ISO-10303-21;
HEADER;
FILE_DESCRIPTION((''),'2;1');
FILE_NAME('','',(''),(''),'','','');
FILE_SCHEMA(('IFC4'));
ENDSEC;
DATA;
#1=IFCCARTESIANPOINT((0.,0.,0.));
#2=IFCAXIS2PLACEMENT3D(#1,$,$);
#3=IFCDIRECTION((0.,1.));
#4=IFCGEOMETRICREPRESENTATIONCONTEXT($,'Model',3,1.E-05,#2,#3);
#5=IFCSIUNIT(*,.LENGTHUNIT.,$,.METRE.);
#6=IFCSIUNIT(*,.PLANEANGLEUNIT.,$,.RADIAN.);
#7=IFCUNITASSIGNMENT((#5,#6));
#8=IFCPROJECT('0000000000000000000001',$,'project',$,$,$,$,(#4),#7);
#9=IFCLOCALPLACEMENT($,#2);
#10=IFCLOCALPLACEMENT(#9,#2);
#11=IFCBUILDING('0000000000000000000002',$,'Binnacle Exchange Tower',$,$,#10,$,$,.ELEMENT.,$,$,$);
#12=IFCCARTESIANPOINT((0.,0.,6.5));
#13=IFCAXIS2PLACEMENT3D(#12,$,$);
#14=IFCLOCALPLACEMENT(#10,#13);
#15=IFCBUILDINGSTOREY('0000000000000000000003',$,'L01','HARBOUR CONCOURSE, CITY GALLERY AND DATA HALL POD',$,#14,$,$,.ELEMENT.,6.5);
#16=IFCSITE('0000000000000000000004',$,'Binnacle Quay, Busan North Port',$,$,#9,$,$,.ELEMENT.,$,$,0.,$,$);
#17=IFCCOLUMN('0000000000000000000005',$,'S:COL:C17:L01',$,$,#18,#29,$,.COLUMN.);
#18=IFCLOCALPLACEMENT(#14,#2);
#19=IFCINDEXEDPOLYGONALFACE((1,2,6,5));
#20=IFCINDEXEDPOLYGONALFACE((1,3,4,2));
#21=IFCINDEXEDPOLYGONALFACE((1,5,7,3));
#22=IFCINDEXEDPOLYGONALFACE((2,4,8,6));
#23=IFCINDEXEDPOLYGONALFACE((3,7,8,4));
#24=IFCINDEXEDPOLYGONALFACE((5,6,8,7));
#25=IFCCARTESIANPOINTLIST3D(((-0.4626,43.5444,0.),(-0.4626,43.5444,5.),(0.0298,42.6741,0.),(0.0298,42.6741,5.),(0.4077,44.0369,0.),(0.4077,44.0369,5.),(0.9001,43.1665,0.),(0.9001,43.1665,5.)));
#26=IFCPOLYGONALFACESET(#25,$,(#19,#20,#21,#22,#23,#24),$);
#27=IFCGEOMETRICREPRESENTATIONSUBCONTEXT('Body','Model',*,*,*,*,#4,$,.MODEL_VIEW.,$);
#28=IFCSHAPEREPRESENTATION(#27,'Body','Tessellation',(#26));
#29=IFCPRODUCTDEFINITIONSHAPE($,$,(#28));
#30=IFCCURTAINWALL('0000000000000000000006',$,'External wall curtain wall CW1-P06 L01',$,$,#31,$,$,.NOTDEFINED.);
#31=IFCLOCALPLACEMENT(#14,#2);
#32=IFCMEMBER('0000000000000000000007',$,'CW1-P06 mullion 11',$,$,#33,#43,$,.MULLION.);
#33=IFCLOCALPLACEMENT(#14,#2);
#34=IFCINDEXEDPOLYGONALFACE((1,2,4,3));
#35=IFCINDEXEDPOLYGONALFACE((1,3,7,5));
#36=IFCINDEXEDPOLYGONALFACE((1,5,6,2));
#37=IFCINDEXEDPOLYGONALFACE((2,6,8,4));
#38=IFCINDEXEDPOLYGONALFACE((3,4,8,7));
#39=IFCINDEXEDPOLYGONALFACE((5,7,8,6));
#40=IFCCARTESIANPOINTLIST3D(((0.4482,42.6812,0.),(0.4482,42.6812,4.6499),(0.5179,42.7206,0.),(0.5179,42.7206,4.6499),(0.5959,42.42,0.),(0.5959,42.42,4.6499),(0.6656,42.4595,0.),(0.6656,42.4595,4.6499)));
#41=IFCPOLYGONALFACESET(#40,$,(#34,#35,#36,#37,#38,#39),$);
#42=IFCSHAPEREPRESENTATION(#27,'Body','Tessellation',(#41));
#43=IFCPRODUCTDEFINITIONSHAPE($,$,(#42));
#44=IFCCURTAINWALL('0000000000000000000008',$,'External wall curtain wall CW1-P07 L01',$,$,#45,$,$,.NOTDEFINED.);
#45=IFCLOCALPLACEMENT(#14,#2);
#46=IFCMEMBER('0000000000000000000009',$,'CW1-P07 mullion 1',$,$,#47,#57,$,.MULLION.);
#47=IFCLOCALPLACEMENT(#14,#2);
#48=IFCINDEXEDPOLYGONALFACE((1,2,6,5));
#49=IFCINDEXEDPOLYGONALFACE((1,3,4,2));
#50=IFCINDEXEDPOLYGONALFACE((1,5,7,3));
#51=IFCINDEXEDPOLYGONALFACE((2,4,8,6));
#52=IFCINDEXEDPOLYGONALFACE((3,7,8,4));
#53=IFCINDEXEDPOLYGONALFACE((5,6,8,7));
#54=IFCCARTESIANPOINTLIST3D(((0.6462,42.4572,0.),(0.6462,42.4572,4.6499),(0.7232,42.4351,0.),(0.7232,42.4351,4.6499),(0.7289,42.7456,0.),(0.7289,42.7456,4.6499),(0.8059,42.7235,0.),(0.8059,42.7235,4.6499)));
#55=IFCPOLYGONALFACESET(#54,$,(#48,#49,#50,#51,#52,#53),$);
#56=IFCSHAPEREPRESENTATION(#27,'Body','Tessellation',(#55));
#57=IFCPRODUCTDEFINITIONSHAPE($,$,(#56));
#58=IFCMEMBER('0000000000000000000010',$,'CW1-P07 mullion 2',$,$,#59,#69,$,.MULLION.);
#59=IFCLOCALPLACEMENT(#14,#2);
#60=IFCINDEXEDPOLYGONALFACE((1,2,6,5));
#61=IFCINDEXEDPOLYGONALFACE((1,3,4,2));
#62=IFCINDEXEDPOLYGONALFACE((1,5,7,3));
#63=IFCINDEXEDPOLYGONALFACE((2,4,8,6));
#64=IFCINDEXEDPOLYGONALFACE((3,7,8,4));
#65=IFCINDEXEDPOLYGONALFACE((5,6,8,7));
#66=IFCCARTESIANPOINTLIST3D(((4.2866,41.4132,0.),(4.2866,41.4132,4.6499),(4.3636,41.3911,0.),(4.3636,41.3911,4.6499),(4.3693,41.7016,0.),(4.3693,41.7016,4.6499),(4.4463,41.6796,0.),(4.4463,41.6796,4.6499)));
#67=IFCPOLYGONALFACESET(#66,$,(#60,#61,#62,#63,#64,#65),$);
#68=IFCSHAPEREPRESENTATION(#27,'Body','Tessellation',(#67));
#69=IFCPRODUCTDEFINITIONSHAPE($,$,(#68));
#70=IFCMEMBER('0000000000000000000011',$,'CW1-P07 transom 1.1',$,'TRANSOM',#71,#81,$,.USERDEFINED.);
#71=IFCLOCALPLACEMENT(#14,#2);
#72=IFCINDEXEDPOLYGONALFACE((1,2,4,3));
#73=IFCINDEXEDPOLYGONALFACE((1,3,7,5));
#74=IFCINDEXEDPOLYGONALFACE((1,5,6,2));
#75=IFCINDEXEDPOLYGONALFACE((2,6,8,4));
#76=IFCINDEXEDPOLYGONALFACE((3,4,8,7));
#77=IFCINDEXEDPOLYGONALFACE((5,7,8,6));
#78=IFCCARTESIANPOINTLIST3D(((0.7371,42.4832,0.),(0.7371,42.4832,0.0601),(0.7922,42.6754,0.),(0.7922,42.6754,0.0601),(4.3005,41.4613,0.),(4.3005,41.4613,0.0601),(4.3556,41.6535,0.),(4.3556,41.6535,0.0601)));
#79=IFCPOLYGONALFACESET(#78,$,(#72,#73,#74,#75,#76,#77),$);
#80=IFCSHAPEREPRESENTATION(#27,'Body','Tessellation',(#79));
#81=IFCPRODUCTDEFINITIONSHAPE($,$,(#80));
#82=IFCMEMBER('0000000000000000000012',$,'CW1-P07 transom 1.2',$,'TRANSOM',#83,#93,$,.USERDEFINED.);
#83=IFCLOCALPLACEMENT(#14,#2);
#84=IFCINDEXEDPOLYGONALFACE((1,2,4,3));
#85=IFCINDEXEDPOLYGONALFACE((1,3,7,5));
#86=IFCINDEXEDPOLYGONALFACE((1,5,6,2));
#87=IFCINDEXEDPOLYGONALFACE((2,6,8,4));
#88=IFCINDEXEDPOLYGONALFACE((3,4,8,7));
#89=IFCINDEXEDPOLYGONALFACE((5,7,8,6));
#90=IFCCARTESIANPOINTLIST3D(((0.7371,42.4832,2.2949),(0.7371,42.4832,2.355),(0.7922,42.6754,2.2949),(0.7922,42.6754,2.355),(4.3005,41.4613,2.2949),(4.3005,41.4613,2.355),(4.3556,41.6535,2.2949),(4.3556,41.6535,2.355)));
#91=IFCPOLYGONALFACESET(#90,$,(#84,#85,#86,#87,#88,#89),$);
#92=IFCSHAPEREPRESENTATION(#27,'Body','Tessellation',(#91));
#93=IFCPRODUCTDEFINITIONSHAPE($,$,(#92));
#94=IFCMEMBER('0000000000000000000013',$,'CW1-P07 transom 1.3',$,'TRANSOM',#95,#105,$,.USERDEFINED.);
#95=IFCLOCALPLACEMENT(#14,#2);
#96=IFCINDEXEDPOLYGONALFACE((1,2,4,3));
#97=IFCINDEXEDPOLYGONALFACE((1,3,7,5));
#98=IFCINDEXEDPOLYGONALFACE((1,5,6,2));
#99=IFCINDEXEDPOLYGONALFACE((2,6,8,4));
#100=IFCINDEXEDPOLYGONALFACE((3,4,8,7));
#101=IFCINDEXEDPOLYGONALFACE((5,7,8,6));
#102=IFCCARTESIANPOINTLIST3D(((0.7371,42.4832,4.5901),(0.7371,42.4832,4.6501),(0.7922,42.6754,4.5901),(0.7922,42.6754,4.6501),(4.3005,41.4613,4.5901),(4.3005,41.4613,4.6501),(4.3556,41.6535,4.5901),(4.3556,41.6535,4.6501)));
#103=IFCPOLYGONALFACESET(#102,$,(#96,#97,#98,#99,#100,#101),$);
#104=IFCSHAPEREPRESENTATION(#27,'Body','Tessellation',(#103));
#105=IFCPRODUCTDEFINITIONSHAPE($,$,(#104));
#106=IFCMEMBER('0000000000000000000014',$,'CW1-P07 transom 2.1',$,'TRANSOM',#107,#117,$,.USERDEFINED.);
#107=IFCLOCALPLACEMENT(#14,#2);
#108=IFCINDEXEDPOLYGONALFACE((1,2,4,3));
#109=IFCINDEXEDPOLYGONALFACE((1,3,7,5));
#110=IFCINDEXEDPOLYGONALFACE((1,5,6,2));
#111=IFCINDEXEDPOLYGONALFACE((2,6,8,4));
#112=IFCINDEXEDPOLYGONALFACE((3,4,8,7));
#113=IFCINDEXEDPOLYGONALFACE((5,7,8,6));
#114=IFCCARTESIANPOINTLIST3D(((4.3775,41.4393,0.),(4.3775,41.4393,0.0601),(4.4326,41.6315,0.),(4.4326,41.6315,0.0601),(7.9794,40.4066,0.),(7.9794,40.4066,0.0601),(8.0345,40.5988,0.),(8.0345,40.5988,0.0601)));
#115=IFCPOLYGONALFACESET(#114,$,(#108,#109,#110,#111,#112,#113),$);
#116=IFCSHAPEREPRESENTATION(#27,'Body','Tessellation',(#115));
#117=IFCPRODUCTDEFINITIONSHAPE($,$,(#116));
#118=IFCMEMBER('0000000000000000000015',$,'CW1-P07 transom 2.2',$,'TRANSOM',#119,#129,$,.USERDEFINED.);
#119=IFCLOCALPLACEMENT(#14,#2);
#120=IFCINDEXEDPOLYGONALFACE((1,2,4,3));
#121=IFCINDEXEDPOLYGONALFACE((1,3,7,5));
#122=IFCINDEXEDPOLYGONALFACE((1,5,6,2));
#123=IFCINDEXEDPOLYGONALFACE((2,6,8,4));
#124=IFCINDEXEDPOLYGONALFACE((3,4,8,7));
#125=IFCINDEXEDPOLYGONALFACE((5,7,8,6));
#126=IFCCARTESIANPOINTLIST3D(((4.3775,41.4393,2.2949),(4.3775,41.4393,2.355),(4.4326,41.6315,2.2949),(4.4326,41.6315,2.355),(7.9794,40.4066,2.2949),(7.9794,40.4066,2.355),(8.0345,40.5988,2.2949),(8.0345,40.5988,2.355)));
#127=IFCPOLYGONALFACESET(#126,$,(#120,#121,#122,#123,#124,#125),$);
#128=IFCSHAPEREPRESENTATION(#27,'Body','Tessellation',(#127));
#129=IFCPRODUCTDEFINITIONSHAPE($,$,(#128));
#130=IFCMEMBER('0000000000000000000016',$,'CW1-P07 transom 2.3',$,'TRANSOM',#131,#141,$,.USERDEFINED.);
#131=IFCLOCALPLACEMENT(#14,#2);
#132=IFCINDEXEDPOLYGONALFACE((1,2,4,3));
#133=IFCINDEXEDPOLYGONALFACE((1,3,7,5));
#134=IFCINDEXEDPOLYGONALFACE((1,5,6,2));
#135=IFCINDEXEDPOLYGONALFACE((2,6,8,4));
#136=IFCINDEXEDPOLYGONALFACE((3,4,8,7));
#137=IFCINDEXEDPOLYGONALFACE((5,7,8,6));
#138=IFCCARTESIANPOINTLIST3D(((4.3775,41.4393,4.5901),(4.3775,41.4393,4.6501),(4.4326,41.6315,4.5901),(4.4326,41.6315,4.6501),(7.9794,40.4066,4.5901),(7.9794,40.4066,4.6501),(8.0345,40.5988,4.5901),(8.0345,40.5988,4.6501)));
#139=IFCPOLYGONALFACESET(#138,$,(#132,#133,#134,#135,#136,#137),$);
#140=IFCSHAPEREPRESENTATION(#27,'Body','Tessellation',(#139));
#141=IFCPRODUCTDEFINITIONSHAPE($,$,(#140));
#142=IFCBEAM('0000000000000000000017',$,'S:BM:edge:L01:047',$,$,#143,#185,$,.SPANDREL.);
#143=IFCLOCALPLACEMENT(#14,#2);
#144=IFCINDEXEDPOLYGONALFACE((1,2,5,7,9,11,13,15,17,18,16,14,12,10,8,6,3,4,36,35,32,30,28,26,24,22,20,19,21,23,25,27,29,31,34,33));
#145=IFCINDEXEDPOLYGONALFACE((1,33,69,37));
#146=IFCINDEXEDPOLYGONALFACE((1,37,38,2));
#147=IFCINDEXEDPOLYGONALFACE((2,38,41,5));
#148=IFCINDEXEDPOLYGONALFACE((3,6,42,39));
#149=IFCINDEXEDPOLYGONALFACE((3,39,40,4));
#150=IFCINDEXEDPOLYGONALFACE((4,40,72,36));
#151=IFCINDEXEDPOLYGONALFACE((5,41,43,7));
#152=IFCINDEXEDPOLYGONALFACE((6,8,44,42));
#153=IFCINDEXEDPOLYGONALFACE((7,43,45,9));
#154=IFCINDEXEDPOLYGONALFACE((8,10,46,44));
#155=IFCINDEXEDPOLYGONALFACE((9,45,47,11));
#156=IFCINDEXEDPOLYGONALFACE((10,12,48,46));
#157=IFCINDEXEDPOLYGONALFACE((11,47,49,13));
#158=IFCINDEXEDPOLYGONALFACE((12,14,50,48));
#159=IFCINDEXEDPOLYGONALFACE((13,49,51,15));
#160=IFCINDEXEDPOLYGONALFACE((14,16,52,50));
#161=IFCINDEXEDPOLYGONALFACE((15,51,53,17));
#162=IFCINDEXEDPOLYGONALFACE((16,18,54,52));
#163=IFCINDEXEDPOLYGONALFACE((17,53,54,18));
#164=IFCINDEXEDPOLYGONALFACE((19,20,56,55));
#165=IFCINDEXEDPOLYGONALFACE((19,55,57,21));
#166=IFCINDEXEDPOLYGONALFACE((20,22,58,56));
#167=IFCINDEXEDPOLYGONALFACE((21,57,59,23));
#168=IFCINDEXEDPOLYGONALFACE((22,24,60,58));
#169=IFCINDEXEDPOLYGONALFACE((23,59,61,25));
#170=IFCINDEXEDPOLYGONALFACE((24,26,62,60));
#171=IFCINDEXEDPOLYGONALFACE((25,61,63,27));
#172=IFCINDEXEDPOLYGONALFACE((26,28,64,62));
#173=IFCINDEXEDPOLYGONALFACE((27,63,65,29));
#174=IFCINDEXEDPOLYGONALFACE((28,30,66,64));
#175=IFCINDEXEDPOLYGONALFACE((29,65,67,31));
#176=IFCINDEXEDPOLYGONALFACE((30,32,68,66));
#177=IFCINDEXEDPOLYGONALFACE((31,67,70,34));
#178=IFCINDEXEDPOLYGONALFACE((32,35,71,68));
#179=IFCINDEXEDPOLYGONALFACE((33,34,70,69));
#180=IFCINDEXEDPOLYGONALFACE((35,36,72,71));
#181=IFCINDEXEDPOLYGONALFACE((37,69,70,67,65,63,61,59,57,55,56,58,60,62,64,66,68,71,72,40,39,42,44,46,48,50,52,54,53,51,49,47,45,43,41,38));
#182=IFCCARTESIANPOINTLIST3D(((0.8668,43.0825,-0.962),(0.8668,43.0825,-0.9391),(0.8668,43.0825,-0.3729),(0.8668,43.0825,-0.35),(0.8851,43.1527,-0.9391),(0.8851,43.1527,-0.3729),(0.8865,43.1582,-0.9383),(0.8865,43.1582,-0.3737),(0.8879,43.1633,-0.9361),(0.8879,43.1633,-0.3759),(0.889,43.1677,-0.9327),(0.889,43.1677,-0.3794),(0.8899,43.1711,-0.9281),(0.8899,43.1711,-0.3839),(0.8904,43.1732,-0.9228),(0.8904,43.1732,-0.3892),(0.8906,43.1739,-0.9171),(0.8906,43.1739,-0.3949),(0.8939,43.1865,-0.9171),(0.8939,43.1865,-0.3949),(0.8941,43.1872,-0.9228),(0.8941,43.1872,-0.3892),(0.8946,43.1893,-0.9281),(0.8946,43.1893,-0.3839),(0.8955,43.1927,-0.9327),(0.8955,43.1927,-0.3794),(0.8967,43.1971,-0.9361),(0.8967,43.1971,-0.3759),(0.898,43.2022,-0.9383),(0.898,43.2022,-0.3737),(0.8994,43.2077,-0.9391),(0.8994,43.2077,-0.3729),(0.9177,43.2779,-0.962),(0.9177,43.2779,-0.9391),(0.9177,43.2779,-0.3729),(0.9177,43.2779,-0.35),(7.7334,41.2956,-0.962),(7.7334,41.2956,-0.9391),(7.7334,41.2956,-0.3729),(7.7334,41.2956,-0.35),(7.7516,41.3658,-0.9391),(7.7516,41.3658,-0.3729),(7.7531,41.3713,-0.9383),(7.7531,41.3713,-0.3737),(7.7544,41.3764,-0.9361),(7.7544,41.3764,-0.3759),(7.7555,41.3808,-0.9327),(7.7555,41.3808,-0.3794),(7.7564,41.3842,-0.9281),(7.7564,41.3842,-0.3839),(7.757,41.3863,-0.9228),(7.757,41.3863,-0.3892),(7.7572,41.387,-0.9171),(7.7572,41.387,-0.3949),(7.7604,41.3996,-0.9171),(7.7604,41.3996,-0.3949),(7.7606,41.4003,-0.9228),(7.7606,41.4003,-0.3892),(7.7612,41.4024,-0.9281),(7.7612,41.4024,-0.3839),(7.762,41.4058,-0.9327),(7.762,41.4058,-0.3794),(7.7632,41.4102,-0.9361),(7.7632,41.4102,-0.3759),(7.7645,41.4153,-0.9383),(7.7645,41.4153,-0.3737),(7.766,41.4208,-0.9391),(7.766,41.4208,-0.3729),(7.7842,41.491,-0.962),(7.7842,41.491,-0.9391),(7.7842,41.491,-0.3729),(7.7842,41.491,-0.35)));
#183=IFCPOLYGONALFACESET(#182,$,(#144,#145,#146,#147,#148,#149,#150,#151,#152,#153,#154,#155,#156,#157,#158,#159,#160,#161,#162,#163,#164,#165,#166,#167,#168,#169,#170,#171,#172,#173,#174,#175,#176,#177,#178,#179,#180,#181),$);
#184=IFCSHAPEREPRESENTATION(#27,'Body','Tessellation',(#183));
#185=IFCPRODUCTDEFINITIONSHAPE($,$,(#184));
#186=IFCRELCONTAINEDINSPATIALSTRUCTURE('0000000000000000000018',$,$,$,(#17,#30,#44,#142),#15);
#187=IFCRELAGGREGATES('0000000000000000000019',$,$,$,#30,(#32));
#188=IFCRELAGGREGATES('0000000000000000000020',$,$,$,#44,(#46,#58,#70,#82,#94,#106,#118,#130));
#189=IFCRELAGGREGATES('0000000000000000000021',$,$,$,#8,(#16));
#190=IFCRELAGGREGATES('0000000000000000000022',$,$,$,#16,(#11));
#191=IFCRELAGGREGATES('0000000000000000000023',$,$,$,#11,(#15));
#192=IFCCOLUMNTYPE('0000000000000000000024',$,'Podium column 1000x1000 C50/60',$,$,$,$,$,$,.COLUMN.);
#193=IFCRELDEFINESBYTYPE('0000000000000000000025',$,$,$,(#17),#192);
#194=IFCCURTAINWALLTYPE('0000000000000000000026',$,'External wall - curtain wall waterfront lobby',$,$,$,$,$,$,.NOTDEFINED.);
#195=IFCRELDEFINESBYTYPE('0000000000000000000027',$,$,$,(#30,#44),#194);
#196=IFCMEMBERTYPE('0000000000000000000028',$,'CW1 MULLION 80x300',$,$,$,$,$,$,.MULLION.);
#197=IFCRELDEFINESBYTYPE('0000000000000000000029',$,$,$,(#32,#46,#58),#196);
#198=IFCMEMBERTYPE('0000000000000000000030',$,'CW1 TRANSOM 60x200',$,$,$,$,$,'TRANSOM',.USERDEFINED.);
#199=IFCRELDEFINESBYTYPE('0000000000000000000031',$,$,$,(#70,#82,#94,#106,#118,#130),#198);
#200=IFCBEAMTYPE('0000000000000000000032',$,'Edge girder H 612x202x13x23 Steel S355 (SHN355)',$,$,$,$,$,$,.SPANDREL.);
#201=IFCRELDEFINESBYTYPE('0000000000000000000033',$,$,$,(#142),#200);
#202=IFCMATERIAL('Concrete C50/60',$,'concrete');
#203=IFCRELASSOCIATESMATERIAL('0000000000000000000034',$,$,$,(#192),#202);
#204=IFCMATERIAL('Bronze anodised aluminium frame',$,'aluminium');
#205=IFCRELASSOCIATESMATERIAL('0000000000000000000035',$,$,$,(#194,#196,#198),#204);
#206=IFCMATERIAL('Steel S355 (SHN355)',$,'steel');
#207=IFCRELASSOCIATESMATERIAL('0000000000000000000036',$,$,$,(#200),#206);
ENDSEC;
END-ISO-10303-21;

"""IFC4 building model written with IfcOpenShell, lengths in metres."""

from ifc_helpers import new_model, si_unit, direction, frame, origin, origin_2d, place, context, subcontext, project, spatial, rectangle, i_section, extrude, material, material_profile, profile_set, type_object, element, aggregate, save


model = new_model("IFC4")

# Units and contexts
model_context = context("Model", 3, precision=1e-05, world=origin(), true_north=direction((0.0, 1.0)))
body_context = subcontext(model_context, "Body", "Model", "MODEL_VIEW")
ifc_project = project(units=[si_unit("LENGTHUNIT", "METRE"), si_unit("PLANEANGLEUNIT", "RADIAN")], contexts=[model_context])

# Site, building, storey
site_placement = place(None, origin())
site = spatial("IfcSite", under=ifc_project, at=site_placement, Name="Binnacle Quay, Busan North Port", CompositionType="ELEMENT", RefElevation=0.0)
building_placement = place(site_placement, origin())
building = spatial("IfcBuilding", under=site, at=building_placement, Name="Binnacle Exchange Tower", CompositionType="ELEMENT")
storey_placement = place(building_placement, frame((0.0, 0.0, 6.5)))
storey = spatial("IfcBuildingStorey", under=building, at=storey_placement, Name="L01", Description="HARBOUR CONCOURSE, CITY GALLERY AND DATA HALL POD", CompositionType="ELEMENT", Elevation=6.5)

# Column
ifc_material_1 = material(Name="Concrete C50/60", Category="concrete")
ifc_material_profile_1 = material_profile(ifc_material_1, rectangle(XDim=1.0, YDim=1.0, at=origin_2d()), Name="Podium column 1000x1000 C50/60")
ifc_profile_set_1 = profile_set([ifc_material_profile_1], Name="Concrete C50/60")
column_type = type_object("IfcColumnType", Name="Podium column 1000x1000 C50/60", PredefinedType="COLUMN", material=ifc_profile_set_1)
column_placement = place(storey_placement, frame((0.2188, 43.3555, 0.0), z_axis=(0.0, 0.0, 1.0), x_axis=(0.870356, 0.492424, 0.0)))
element("IfcColumn", 1, at=column_placement, inside=storey, type_object=column_type, Name="S:COL:C17:L01", PredefinedType="COLUMN", context=body_context, shape_type="SweptSolid", body=[
    extrude(rectangle(XDim=1.0, YDim=1.0, at=origin_2d()), origin(), (0.0, 0.0, 1.0), 5.0),
])

# Curtain wall, member
ifc_material_2 = material(Name="Bronze anodised aluminium frame", Category="aluminium")
curtain_wall_type = type_object("IfcCurtainWallType", Name="External wall - curtain wall waterfront lobby", PredefinedType="NOTDEFINED", material=ifc_material_2)
curtain_wall_1_placement = place(storey_placement, origin())
curtain_wall_1 = element("IfcCurtainWall", 2, at=curtain_wall_1_placement, inside=storey, type_object=curtain_wall_type, Name="External wall curtain wall CW1-P06 L01", PredefinedType="NOTDEFINED")
ifc_material_profile_2 = material_profile(ifc_material_2, rectangle(XDim=0.3, YDim=0.0801, at=origin_2d()), Name="AL 80x300")
ifc_profile_set_2 = profile_set([ifc_material_profile_2], Name="Bronze anodised aluminium frame")
member_type_1 = type_object("IfcMemberType", Name="CW1 MULLION 80x300", PredefinedType="MULLION", material=ifc_profile_set_2)
member_1_placement = place(storey_placement, frame((0.5569, 42.5703, 0.0), z_axis=(0.0, 0.0, 1.0), x_axis=(-0.492424, 0.870356, 0.0)))
member_1 = element("IfcMember", 3, at=member_1_placement, type_object=member_type_1, Name="CW1-P06 mullion 11", PredefinedType="MULLION", context=body_context, shape_type="SweptSolid", body=[
    extrude(rectangle(XDim=0.3, YDim=0.0801, at=origin_2d()), origin(), (0.0, 0.0, 1.0), 4.6499),
])
aggregate(curtain_wall_1, [member_1])

# Curtain wall, members
curtain_wall_2_placement = place(storey_placement, origin())
curtain_wall_2 = element("IfcCurtainWall", 4, at=curtain_wall_2_placement, inside=storey, type_object=curtain_wall_type, Name="External wall curtain wall CW1-P07 L01", PredefinedType="NOTDEFINED")
member_2_placement = place(storey_placement, frame((0.7261, 42.5903, 0.0), z_axis=(0.0, 0.0, 1.0), x_axis=(0.275637, 0.961262, 0.0)))
member_2 = element("IfcMember", 5, at=member_2_placement, type_object=member_type_1, Name="CW1-P07 mullion 1", PredefinedType="MULLION", context=body_context, shape_type="SweptSolid", body=[
    extrude(rectangle(XDim=0.3, YDim=0.0801, at=origin_2d()), origin(), (0.0, 0.0, 1.0), 4.6499),
])
member_3_placement = place(storey_placement, frame((4.3665, 41.5464, 0.0), z_axis=(0.0, 0.0, 1.0), x_axis=(0.275637, 0.961262, 0.0)))
member_3 = element("IfcMember", 6, at=member_3_placement, type_object=member_type_1, Name="CW1-P07 mullion 2", PredefinedType="MULLION", context=body_context, shape_type="SweptSolid", body=[
    extrude(rectangle(XDim=0.3, YDim=0.0801, at=origin_2d()), origin(), (0.0, 0.0, 1.0), 4.6499),
])
ifc_material_profile_3 = material_profile(ifc_material_2, rectangle(XDim=0.2, YDim=0.0601, at=origin_2d()), Name="AL 200x60")
ifc_profile_set_3 = profile_set([ifc_material_profile_3], Name="Bronze anodised aluminium frame")
member_type_2 = type_object("IfcMemberType", Name="CW1 TRANSOM 60x200", ElementType="TRANSOM", PredefinedType="USERDEFINED", material=ifc_profile_set_3)
member_4_placement = place(storey_placement, frame((0.7646, 42.5793, 0.03), z_axis=(0.96125, -0.275678, 0.0), x_axis=(0.275678, 0.96125, 0.0)))
member_4 = element("IfcMember", 7, at=member_4_placement, type_object=member_type_2, Name="CW1-P07 transom 1.1", ObjectType="TRANSOM", PredefinedType="USERDEFINED", context=body_context, shape_type="SweptSolid", body=[
    extrude(rectangle(XDim=0.2, YDim=0.0601, at=origin_2d()), origin(), (0.0, 0.0, 1.0), 3.707),
])
member_5_placement = place(storey_placement, frame((0.7646, 42.5793, 2.325), z_axis=(0.96125, -0.275678, 0.0), x_axis=(0.275678, 0.96125, 0.0)))
member_5 = element("IfcMember", 8, at=member_5_placement, type_object=member_type_2, Name="CW1-P07 transom 1.2", ObjectType="TRANSOM", PredefinedType="USERDEFINED", context=body_context, shape_type="SweptSolid", body=[
    extrude(rectangle(XDim=0.2, YDim=0.0601, at=origin_2d()), origin(), (0.0, 0.0, 1.0), 3.707),
])
member_6_placement = place(storey_placement, frame((0.7646, 42.5793, 4.6201), z_axis=(0.96125, -0.275678, 0.0), x_axis=(0.275678, 0.96125, 0.0)))
member_6 = element("IfcMember", 9, at=member_6_placement, type_object=member_type_2, Name="CW1-P07 transom 1.3", ObjectType="TRANSOM", PredefinedType="USERDEFINED", context=body_context, shape_type="SweptSolid", body=[
    extrude(rectangle(XDim=0.2, YDim=0.0601, at=origin_2d()), origin(), (0.0, 0.0, 1.0), 3.707),
])
member_7_placement = place(storey_placement, frame((4.405, 41.5354, 0.03), z_axis=(0.961273, -0.275599, 0.0), x_axis=(0.275599, 0.961273, 0.0)))
member_7 = element("IfcMember", 10, at=member_7_placement, type_object=member_type_2, Name="CW1-P07 transom 2.1", ObjectType="TRANSOM", PredefinedType="USERDEFINED", context=body_context, shape_type="SweptSolid", body=[
    extrude(rectangle(XDim=0.2, YDim=0.0601, at=origin_2d()), origin(), (0.0, 0.0, 1.0), 3.7471),
])
member_8_placement = place(storey_placement, frame((4.405, 41.5354, 2.325), z_axis=(0.961273, -0.275599, 0.0), x_axis=(0.275599, 0.961273, 0.0)))
member_8 = element("IfcMember", 11, at=member_8_placement, type_object=member_type_2, Name="CW1-P07 transom 2.2", ObjectType="TRANSOM", PredefinedType="USERDEFINED", context=body_context, shape_type="SweptSolid", body=[
    extrude(rectangle(XDim=0.2, YDim=0.0601, at=origin_2d()), origin(), (0.0, 0.0, 1.0), 3.7471),
])
member_9_placement = place(storey_placement, frame((4.405, 41.5354, 4.6201), z_axis=(0.961273, -0.275599, 0.0), x_axis=(0.275599, 0.961273, 0.0)))
member_9 = element("IfcMember", 12, at=member_9_placement, type_object=member_type_2, Name="CW1-P07 transom 2.3", ObjectType="TRANSOM", PredefinedType="USERDEFINED", context=body_context, shape_type="SweptSolid", body=[
    extrude(rectangle(XDim=0.2, YDim=0.0601, at=origin_2d()), origin(), (0.0, 0.0, 1.0), 3.7471),
])

# Beam
ifc_material_3 = material(Name="Steel S355 (SHN355)", Category="steel")
ifc_material_profile_4 = material_profile(ifc_material_3, i_section(OverallWidth=0.2019, OverallDepth=0.6121, WebThickness=0.0129, FlangeThickness=0.0229, FilletRadius=0.022, at=origin_2d()), Name="H 612x202x13x23")
ifc_profile_set_4 = profile_set([ifc_material_profile_4], Name="Steel S355 (SHN355)")
beam_type_1 = type_object("IfcBeamType", Name="Edge girder H 612x202x13x23 Steel S355 (SHN355)", PredefinedType="SPANDREL", material=ifc_profile_set_4)
beam_1_placement = place(storey_placement, frame((7.7588, 41.3933, -0.656), z_axis=(-0.967768, 0.251843, 0.0), x_axis=(-0.251843, -0.967768, 0.0)))
element("IfcBeam", 13, at=beam_1_placement, inside=storey, type_object=beam_type_1, Name="S:BM:edge:L01:047", PredefinedType="SPANDREL", context=body_context, shape_type="SweptSolid", body=[
    extrude(i_section(OverallWidth=0.2019, OverallDepth=0.6121, WebThickness=0.0129, FlangeThickness=0.0229, FilletRadius=0.022, at=origin_2d()), origin(), (0.0, 0.0, 1.0), 7.0952),
])

aggregate(curtain_wall_2, [member_2, member_3, member_4, member_5, member_6, member_7, member_8, member_9])

save(model, "model.ifc")
